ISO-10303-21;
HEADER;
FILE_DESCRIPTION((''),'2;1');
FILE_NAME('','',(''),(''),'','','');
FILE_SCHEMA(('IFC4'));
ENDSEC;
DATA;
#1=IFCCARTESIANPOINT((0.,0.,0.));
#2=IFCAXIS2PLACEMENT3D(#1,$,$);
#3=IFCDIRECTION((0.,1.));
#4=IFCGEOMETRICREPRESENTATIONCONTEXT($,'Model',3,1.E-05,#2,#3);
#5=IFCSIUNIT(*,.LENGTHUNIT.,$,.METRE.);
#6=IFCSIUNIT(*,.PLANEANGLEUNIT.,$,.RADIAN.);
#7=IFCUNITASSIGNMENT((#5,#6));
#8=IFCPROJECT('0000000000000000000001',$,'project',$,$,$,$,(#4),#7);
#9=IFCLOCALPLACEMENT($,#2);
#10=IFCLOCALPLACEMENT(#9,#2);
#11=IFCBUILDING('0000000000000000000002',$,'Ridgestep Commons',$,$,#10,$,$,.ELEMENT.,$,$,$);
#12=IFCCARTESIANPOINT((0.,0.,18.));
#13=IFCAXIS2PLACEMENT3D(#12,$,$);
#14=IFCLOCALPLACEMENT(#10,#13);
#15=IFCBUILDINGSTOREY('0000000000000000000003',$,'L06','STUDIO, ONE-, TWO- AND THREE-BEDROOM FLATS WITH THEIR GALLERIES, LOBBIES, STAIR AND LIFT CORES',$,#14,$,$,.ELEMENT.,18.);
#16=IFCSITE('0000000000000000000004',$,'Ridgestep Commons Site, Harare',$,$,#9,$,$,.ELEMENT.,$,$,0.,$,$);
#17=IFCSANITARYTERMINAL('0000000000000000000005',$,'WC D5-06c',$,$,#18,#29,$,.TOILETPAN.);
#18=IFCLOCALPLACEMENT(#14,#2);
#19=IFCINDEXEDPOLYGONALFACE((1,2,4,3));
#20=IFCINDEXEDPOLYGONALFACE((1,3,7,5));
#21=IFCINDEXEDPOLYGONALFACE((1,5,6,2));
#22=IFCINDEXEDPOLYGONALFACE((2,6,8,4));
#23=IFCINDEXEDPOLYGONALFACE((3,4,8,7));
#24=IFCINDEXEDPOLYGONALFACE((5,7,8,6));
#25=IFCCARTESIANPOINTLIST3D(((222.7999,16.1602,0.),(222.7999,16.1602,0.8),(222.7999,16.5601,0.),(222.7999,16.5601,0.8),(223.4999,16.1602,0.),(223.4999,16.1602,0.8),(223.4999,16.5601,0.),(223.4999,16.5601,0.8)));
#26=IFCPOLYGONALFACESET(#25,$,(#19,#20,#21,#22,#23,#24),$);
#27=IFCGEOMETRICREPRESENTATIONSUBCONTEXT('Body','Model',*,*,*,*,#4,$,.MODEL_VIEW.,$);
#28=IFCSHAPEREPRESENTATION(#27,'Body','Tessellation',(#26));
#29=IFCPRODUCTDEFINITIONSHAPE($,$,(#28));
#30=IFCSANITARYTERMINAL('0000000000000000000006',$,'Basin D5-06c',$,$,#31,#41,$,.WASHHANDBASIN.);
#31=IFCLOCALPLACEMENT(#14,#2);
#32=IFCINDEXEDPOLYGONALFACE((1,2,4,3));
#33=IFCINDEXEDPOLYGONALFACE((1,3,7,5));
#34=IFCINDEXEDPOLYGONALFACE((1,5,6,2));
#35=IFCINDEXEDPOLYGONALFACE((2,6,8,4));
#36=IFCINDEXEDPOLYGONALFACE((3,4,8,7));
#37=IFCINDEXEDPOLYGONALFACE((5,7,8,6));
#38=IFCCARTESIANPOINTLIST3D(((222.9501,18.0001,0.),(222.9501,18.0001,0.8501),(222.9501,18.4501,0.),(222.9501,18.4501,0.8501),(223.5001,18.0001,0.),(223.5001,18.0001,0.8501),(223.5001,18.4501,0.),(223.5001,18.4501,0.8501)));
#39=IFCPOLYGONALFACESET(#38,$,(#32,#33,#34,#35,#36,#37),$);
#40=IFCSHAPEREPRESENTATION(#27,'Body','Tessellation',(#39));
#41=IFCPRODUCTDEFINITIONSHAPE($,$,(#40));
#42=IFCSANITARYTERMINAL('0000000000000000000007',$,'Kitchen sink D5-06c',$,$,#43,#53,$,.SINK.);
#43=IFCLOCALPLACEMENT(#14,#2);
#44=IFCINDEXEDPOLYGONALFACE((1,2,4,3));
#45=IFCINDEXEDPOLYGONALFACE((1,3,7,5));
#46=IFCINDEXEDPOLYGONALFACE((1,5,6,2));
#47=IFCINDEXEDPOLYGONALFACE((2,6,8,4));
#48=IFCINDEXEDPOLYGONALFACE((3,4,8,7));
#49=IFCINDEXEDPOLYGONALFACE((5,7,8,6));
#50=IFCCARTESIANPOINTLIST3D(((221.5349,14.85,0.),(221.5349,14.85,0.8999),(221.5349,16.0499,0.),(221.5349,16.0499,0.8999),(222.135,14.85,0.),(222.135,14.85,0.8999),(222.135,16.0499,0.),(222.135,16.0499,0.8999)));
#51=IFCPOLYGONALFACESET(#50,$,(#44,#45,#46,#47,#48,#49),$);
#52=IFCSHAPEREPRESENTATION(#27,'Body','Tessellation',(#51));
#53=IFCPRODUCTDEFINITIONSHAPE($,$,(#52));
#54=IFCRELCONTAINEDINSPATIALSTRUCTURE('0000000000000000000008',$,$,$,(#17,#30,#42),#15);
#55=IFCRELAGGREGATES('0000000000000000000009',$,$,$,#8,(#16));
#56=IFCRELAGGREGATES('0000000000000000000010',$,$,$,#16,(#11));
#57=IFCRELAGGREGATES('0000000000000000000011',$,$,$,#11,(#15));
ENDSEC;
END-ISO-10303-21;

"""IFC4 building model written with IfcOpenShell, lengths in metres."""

from ifc_helpers import new_model, si_unit, direction, frame, origin, origin_2d, place, context, subcontext, project, spatial, rectangle, extrude, element, save


model = new_model("IFC4")

# Units and contexts
model_context = context("Model", 3, precision=1e-05, world=origin(), true_north=direction((0.0, 1.0)))
body_context = subcontext(model_context, "Body", "Model", "MODEL_VIEW")
ifc_project = project(units=[si_unit("LENGTHUNIT", "METRE"), si_unit("PLANEANGLEUNIT", "RADIAN")], contexts=[model_context])

# Site, building, storey
site_placement = place(None, origin())
site = spatial("IfcSite", under=ifc_project, at=site_placement, Name="Ridgestep Commons Site, Harare", CompositionType="ELEMENT", RefElevation=0.0)
building_placement = place(site_placement, origin())
building = spatial("IfcBuilding", under=site, at=building_placement, Name="Ridgestep Commons", CompositionType="ELEMENT")
storey_placement = place(building_placement, frame((0.0, 0.0, 18.0)))
storey = spatial("IfcBuildingStorey", under=building, at=storey_placement, Name="L06", Description="STUDIO, ONE-, TWO- AND THREE-BEDROOM FLATS WITH THEIR GALLERIES, LOBBIES, STAIR AND LIFT CORES", CompositionType="ELEMENT", Elevation=18.0)

# Sanitary terminals
sanitary_terminal_1_placement = place(storey_placement, frame((223.1499, 16.3601, 0.0), z_axis=(0.0, 0.0, 1.0), x_axis=(1.0, 0.0, 0.0)))
element("IfcSanitaryTerminal", 1, at=sanitary_terminal_1_placement, inside=storey, Name="WC D5-06c", PredefinedType="TOILETPAN", context=body_context, shape_type="SweptSolid", body=[
    extrude(rectangle(XDim=0.7, YDim=0.3999, at=origin_2d()), origin(), (0.0, 0.0, 1.0), 0.8),
])
sanitary_terminal_2_placement = place(storey_placement, frame((223.2251, 18.2251, 0.0), z_axis=(0.0, 0.0, 1.0), x_axis=(1.0, 0.0, 0.0)))
element("IfcSanitaryTerminal", 2, at=sanitary_terminal_2_placement, inside=storey, Name="Basin D5-06c", PredefinedType="WASHHANDBASIN", context=body_context, shape_type="SweptSolid", body=[
    extrude(rectangle(XDim=0.55, YDim=0.45, at=origin_2d()), origin(), (0.0, 0.0, 1.0), 0.8501),
])
sanitary_terminal_3_placement = place(storey_placement, frame((221.835, 15.45, 0.0), z_axis=(0.0, 0.0, 1.0), x_axis=(1.0, 0.0, 0.0)))
element("IfcSanitaryTerminal", 3, at=sanitary_terminal_3_placement, inside=storey, Name="Kitchen sink D5-06c", PredefinedType="SINK", context=body_context, shape_type="SweptSolid", body=[
    extrude(rectangle(XDim=0.6001, YDim=1.2, at=origin_2d()), origin(), (0.0, 0.0, 1.0), 0.8999),
])

save(model, "model.ifc")
